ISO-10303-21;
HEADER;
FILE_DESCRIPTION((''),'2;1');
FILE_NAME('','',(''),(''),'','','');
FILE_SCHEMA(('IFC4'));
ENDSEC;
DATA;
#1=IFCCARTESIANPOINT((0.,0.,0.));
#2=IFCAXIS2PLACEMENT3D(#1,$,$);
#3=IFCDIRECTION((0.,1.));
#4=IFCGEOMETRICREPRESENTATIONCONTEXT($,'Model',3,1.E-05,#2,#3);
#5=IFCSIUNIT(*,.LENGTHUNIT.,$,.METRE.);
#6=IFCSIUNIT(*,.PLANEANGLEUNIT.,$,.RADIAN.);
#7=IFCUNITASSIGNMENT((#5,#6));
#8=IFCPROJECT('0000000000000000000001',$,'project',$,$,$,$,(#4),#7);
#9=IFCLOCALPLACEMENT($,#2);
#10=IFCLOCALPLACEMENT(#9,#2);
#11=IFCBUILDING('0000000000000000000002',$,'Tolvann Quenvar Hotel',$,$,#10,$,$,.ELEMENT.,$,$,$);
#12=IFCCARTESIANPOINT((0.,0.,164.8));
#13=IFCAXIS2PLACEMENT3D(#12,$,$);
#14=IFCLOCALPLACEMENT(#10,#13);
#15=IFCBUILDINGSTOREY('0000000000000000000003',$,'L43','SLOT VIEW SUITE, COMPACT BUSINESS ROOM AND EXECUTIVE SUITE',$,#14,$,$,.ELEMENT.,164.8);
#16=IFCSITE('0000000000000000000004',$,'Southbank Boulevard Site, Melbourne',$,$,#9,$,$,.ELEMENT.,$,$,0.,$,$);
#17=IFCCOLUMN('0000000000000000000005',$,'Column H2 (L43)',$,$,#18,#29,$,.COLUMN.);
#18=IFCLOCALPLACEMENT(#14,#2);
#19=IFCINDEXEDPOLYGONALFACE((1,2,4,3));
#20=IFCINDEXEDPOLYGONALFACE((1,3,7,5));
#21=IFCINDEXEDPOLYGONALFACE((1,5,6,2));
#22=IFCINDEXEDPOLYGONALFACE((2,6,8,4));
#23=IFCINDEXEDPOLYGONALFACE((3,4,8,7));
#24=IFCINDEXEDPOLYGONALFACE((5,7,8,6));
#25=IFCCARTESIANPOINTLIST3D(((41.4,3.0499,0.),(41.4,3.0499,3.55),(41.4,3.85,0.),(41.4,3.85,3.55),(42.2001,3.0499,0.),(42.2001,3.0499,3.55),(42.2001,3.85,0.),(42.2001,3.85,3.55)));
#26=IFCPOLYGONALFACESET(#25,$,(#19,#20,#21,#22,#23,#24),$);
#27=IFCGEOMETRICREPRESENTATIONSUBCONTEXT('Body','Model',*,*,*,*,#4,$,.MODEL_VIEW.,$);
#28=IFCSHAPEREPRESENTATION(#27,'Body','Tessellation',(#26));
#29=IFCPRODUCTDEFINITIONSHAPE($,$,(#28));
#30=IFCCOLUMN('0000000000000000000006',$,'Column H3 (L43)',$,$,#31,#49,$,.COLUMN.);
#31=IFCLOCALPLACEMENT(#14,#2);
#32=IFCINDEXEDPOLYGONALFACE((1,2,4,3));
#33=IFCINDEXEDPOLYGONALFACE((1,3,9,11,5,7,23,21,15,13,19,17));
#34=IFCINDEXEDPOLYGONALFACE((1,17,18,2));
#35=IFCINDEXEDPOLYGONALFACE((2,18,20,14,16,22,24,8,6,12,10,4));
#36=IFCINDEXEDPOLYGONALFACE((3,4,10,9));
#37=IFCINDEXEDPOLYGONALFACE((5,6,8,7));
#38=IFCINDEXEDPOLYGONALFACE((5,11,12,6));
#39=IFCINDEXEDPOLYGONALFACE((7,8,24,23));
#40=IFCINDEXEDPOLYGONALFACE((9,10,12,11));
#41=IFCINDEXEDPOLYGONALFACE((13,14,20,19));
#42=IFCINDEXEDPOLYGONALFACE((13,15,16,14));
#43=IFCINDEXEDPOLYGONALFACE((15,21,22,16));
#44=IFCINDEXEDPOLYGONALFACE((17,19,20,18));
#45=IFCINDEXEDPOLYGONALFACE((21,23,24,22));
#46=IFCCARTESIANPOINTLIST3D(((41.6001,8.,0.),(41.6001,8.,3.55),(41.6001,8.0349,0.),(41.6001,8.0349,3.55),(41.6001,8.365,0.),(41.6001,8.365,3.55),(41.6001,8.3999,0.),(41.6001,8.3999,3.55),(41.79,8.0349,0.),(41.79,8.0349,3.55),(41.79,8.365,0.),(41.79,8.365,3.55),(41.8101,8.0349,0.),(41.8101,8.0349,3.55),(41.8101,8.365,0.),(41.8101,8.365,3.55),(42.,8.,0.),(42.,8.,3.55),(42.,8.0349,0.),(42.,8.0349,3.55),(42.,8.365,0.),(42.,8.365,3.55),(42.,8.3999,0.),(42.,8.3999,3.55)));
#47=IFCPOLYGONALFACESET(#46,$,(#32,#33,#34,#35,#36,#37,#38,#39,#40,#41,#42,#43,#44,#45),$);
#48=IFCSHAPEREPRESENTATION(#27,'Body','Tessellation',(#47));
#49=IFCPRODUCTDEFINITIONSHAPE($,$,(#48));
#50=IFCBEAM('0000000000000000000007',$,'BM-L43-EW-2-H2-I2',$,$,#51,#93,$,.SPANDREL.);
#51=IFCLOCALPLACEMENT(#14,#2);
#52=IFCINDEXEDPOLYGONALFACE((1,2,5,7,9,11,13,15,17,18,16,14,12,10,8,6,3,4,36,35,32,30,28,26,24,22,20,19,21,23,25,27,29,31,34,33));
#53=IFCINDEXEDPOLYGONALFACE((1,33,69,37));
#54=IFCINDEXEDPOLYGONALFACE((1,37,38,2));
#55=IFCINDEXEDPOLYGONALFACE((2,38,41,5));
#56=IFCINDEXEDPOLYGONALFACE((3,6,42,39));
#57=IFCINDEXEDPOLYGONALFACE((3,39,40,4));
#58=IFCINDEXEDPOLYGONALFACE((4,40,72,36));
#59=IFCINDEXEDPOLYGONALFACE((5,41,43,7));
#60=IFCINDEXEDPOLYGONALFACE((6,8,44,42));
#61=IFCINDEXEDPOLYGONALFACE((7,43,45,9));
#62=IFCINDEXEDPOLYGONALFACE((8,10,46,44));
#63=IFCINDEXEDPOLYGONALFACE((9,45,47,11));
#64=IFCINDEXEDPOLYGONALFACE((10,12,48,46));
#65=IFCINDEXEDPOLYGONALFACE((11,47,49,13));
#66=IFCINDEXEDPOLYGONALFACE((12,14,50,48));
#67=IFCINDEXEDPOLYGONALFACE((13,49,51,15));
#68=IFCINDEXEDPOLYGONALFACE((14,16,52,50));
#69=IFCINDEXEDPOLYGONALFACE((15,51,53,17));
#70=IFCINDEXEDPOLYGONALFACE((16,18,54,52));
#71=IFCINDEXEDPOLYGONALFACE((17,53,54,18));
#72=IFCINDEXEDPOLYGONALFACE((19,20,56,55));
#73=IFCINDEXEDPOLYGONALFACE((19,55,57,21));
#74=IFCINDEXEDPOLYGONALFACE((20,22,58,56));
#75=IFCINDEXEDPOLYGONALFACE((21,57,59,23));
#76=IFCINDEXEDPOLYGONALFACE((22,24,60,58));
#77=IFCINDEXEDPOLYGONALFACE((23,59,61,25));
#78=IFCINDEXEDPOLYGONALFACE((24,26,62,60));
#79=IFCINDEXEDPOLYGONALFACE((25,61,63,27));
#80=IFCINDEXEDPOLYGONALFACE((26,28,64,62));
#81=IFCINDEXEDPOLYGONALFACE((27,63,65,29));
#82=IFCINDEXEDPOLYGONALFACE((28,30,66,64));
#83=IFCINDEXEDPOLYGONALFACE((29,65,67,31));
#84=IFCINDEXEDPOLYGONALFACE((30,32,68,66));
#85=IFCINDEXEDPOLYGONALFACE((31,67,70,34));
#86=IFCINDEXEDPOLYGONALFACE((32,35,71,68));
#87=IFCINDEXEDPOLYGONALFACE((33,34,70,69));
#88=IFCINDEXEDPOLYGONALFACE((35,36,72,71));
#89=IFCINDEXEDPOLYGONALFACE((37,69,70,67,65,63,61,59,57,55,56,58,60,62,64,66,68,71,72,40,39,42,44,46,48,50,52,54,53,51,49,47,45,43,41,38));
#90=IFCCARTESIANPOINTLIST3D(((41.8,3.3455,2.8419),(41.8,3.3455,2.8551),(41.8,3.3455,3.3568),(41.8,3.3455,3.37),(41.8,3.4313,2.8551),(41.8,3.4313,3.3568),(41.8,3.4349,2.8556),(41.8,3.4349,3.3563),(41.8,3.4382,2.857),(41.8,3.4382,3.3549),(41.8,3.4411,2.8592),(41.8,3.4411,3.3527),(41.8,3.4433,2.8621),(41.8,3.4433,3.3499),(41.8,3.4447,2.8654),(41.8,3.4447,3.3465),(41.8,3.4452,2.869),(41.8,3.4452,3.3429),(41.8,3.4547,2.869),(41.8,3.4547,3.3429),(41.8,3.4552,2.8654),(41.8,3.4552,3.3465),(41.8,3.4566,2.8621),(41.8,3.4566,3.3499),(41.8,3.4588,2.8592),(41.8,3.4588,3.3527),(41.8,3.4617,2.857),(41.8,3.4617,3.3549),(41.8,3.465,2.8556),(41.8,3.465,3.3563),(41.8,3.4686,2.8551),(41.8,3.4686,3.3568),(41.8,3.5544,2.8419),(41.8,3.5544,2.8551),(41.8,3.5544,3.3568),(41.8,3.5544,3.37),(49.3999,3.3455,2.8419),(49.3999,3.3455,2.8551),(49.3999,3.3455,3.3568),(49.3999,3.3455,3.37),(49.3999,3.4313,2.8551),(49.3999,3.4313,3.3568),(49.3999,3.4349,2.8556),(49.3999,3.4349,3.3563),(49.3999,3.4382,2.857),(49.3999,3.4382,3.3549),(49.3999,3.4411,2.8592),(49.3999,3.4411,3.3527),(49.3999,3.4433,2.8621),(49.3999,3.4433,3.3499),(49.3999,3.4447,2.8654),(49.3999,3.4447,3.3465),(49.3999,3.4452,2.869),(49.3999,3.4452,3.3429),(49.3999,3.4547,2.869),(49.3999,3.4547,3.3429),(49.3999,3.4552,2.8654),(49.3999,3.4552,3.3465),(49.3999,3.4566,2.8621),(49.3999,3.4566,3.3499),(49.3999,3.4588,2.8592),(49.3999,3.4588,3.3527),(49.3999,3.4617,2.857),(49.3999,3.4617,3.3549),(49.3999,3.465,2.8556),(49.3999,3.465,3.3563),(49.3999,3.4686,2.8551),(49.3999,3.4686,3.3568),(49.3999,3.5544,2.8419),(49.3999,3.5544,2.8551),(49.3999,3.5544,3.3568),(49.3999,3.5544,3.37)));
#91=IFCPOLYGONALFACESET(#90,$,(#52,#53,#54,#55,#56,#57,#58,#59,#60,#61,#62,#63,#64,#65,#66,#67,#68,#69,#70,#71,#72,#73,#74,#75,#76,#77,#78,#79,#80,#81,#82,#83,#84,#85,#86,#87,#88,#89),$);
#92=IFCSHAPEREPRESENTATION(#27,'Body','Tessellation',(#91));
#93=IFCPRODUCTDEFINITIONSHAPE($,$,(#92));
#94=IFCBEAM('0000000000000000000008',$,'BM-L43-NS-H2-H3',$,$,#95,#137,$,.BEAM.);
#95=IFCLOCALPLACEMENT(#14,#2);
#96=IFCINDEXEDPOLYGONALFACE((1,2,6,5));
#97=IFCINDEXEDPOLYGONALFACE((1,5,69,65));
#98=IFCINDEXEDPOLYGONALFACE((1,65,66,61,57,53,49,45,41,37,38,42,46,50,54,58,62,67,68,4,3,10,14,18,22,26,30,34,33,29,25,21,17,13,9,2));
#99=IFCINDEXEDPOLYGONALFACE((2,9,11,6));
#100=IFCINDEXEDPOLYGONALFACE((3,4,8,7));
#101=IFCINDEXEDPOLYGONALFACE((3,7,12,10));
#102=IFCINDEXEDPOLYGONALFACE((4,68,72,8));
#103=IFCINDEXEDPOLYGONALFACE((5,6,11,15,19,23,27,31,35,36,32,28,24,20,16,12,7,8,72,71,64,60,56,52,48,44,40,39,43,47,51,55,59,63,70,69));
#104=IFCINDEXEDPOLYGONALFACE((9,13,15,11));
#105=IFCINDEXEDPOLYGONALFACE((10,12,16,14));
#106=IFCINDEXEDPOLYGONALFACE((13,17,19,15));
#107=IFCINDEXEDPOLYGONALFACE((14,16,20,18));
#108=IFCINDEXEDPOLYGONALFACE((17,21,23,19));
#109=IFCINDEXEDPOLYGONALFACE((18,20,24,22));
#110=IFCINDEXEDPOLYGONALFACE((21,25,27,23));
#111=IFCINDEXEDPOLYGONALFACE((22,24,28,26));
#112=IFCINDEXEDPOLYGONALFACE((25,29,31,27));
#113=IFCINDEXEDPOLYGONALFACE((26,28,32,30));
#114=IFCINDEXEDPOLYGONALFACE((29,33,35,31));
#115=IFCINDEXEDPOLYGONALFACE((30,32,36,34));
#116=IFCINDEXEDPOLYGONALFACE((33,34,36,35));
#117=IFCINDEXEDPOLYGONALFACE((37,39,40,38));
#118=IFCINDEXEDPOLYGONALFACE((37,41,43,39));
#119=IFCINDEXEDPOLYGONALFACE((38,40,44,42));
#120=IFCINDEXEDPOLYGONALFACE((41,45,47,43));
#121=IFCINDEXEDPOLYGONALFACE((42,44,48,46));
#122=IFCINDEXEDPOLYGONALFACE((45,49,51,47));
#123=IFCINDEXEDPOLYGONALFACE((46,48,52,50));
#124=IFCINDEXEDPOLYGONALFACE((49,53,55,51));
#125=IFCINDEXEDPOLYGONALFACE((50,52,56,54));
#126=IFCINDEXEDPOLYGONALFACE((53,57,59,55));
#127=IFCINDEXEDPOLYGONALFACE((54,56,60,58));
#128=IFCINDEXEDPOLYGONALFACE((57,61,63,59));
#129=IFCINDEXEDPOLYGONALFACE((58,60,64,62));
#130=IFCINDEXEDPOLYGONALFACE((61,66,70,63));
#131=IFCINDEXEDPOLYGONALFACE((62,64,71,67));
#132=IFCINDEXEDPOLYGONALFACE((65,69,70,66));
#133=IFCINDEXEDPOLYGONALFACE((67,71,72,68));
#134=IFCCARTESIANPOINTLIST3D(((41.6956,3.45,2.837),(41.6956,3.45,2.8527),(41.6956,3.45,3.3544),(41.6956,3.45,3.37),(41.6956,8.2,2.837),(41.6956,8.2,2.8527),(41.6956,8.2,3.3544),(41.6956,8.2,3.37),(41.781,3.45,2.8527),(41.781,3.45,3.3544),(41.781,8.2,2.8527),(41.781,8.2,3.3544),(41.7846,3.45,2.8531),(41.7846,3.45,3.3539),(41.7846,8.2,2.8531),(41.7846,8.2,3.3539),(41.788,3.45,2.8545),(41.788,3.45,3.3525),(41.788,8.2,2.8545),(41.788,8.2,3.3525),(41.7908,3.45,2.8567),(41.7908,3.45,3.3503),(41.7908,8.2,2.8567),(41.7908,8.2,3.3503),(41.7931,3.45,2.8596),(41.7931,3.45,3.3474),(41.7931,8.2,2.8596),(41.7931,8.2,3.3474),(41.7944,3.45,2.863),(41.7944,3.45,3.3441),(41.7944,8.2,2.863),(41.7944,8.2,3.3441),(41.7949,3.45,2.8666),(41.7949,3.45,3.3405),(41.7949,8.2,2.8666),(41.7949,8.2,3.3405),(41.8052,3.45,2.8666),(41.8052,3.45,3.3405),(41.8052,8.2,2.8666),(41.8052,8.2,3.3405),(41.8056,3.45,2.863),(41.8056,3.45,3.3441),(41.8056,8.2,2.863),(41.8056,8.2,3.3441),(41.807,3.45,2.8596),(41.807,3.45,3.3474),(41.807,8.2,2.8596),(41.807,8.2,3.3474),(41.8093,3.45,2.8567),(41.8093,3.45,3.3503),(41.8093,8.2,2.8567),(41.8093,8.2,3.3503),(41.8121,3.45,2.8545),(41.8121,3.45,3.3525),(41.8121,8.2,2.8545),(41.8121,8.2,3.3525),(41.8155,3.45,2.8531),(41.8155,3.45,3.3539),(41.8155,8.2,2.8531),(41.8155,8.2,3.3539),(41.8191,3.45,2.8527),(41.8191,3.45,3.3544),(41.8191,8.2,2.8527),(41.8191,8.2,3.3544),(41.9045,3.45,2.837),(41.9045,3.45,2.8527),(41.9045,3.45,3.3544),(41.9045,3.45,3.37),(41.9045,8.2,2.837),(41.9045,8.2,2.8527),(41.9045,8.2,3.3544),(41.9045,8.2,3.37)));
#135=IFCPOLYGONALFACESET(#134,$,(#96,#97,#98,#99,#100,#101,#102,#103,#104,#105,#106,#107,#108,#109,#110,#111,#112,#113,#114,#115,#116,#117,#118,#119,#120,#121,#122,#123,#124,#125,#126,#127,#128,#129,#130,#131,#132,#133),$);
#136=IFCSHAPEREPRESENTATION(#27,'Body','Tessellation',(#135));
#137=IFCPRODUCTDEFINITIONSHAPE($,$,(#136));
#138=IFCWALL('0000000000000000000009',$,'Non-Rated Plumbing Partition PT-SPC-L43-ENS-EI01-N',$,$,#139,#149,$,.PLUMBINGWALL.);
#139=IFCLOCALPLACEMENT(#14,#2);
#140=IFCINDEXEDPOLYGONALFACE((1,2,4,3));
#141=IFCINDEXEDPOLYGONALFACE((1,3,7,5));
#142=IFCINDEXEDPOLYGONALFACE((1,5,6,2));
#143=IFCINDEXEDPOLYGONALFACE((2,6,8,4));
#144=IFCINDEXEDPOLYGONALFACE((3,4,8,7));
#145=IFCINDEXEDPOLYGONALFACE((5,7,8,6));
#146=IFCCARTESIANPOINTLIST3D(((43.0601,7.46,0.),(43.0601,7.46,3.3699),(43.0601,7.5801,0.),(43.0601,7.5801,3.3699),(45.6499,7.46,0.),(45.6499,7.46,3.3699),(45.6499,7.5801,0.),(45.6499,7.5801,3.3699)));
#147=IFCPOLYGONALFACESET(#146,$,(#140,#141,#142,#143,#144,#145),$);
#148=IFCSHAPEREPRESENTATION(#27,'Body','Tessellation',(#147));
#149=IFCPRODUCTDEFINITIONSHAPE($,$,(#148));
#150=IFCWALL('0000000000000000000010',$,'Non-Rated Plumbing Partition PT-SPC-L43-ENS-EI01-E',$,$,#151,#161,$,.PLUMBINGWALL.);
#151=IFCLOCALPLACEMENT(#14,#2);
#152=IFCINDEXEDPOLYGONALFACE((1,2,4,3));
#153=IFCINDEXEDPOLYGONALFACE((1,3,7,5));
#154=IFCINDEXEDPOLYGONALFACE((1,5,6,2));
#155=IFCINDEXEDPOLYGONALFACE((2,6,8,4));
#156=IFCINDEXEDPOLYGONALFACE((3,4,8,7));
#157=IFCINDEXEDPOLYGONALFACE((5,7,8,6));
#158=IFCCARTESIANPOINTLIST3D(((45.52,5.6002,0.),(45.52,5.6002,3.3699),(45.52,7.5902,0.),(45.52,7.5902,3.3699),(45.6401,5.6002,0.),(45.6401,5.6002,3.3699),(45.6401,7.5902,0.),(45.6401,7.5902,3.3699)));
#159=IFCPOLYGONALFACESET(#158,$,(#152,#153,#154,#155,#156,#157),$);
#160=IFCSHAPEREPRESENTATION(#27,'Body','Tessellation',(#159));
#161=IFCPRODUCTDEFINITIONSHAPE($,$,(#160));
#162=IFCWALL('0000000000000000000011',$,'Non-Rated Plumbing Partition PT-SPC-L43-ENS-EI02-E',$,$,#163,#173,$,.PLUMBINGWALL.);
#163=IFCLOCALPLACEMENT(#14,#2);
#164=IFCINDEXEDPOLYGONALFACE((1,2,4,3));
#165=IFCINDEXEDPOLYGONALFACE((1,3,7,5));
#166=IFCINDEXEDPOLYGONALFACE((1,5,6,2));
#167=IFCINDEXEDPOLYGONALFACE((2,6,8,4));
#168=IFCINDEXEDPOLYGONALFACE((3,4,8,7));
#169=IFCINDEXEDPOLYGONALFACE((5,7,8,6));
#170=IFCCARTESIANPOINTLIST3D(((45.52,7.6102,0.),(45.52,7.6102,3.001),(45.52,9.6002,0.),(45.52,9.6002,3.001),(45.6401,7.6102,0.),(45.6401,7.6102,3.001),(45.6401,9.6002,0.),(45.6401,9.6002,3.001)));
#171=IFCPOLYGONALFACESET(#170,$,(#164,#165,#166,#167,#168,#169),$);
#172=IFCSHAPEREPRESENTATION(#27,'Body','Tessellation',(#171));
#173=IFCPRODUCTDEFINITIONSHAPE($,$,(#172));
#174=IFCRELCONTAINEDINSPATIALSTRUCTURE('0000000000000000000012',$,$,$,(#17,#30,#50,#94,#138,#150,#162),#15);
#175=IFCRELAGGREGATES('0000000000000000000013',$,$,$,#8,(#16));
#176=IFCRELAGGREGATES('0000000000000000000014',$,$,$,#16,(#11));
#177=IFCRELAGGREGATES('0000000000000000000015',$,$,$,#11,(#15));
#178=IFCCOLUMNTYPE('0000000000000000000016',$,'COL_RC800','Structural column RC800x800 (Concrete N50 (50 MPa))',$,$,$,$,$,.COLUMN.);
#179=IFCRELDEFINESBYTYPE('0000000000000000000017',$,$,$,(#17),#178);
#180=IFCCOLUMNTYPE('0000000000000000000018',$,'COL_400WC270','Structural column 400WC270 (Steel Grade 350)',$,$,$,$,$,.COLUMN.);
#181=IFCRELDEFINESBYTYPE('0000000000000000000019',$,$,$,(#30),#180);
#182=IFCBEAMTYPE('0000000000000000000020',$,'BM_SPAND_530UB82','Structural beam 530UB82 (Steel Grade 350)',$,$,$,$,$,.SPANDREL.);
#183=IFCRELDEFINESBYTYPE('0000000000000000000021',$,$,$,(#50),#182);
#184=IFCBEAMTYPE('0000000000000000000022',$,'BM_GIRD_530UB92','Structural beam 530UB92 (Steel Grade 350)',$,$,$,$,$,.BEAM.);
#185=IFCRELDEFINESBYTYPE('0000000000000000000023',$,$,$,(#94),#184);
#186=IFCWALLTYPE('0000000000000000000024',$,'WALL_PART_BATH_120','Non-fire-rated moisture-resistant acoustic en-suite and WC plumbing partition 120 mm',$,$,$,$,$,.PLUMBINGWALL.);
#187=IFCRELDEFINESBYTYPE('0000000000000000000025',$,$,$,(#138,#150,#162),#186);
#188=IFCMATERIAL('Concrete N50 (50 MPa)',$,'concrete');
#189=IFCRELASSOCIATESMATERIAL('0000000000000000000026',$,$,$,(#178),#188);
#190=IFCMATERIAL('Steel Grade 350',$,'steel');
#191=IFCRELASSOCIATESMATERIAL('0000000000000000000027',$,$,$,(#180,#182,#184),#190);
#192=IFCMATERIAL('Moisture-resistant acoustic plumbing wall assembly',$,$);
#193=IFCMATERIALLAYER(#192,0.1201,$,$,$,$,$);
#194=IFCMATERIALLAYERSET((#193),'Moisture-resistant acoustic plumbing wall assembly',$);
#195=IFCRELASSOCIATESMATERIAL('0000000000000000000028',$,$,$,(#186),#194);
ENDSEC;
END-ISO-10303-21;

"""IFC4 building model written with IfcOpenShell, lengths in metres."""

from ifc_helpers import new_model, si_unit, direction, frame, frame_2d, origin, origin_2d, place, context, subcontext, project, spatial, rectangle, i_section, extrude, source, transform, mapped, material, layer, layer_set, material_profile, profile_set, type_object, type_shapes, element, save


model = new_model("IFC4")

# Units and contexts
model_context = context("Model", 3, precision=1e-05, world=origin(), true_north=direction((0.0, 1.0)))
body_context = subcontext(model_context, "Body", "Model", "MODEL_VIEW")
ifc_project = project(units=[si_unit("LENGTHUNIT", "METRE"), si_unit("PLANEANGLEUNIT", "RADIAN")], contexts=[model_context])

# Site, building, storey
site_placement = place(None, origin())
site = spatial("IfcSite", under=ifc_project, at=site_placement, Name="Southbank Boulevard Site, Melbourne", CompositionType="ELEMENT", RefElevation=0.0)
building_placement = place(site_placement, origin())
building = spatial("IfcBuilding", under=site, at=building_placement, Name="Tolvann Quenvar Hotel", CompositionType="ELEMENT")
storey_placement = place(building_placement, frame((0.0, 0.0, 164.8)))
storey = spatial("IfcBuildingStorey", under=building, at=storey_placement, Name="L43", Description="SLOT VIEW SUITE, COMPACT BUSINESS ROOM AND EXECUTIVE SUITE", CompositionType="ELEMENT", Elevation=164.8)

# Columns
ifc_material_1 = material(Name="Concrete N50 (50 MPa)", Category="concrete")
ifc_material_profile_1 = material_profile(ifc_material_1, rectangle(XDim=0.8, YDim=0.8, at=origin_2d()), Name="RC800x800")
ifc_profile_set_1 = profile_set([ifc_material_profile_1], Name="Concrete N50 (50 MPa)")
column_type_1 = type_object("IfcColumnType", Name="COL_RC800", Description="Structural column RC800x800 (Concrete N50 (50 MPa))", PredefinedType="COLUMN", material=ifc_profile_set_1)
shared_shape_1 = source(origin(), body_context, "Body", "SweptSolid", [
    extrude(rectangle(XDim=0.8, YDim=0.8, at=origin_2d()), origin(), (0.0, 0.0, 1.0), 3.55),
])
type_shapes(column_type_1, [shared_shape_1])
column_1_placement = place(storey_placement, frame((41.8, 3.45, 0.0), z_axis=(0.0, 0.0, 1.0), x_axis=(1.0, 0.0, 0.0)))
element("IfcColumn", 1, at=column_1_placement, inside=storey, type_object=column_type_1, Name="Column H2 (L43)", PredefinedType="COLUMN", context=body_context, shape_type="MappedRepresentation", body=[
    mapped(shared_shape_1, transform((0.0, 0.0, 0.0), x_axis=(1.0, 0.0, 0.0), y_axis=(0.0, 1.0, 0.0), z_axis=(0.0, 0.0, 1.0), scale=1.0)),
])
ifc_material_2 = material(Name="Steel Grade 350", Category="steel")
ifc_material_profile_2 = material_profile(ifc_material_2, i_section(OverallWidth=0.3999, OverallDepth=0.3999, WebThickness=0.02, FlangeThickness=0.0349, at=origin_2d()), Name="400WC270")
ifc_profile_set_2 = profile_set([ifc_material_profile_2], Name="Steel Grade 350")
column_type_2 = type_object("IfcColumnType", Name="COL_400WC270", Description="Structural column 400WC270 (Steel Grade 350)", PredefinedType="COLUMN", material=ifc_profile_set_2)
shared_shape_2 = source(origin(), body_context, "Body", "SweptSolid", [
    extrude(i_section(OverallWidth=0.3999, OverallDepth=0.3999, WebThickness=0.02, FlangeThickness=0.0349, at=origin_2d()), origin(), (0.0, 0.0, 1.0), 3.55),
])
type_shapes(column_type_2, [shared_shape_2])
column_2_placement = place(storey_placement, frame((41.8, 8.2, 0.0), z_axis=(0.0, 0.0, 1.0), x_axis=(1.0, 0.0, 0.0)))
element("IfcColumn", 2, at=column_2_placement, inside=storey, type_object=column_type_2, Name="Column H3 (L43)", PredefinedType="COLUMN", context=body_context, shape_type="MappedRepresentation", body=[
    mapped(shared_shape_2, transform((0.0, 0.0, 0.0), x_axis=(1.0, 0.0, 0.0), y_axis=(0.0, 1.0, 0.0), z_axis=(0.0, 0.0, 1.0), scale=1.0)),
])

# Beams
ifc_material_profile_3 = material_profile(ifc_material_2, i_section(OverallWidth=0.209, OverallDepth=0.5281, WebThickness=0.0095, FlangeThickness=0.0132, FilletRadius=0.0139, at=origin_2d()), Name="530UB82")
ifc_profile_set_3 = profile_set([ifc_material_profile_3], Name="Steel Grade 350")
beam_type_1 = type_object("IfcBeamType", Name="BM_SPAND_530UB82", Description="Structural beam 530UB82 (Steel Grade 350)", PredefinedType="SPANDREL", material=ifc_profile_set_3)
shared_shape_3 = source(origin(), body_context, "Body", "SweptSolid", [
    extrude(i_section(OverallWidth=0.209, OverallDepth=0.5281, WebThickness=0.0095, FlangeThickness=0.0132, FilletRadius=0.0139, at=origin_2d()), origin(), (0.0, 0.0, 1.0), 7.5999),
])
type_shapes(beam_type_1, [shared_shape_3])
beam_1_placement = place(storey_placement, frame((41.8, 3.45, 3.106), z_axis=(1.0, 0.0, 0.0), x_axis=(0.0, 1.0, 0.0)))
element("IfcBeam", 3, at=beam_1_placement, inside=storey, type_object=beam_type_1, Name="BM-L43-EW-2-H2-I2", PredefinedType="SPANDREL", context=body_context, shape_type="MappedRepresentation", body=[
    mapped(shared_shape_3, transform((0.0, 0.0, 0.0), x_axis=(1.0, 0.0, 0.0), y_axis=(0.0, 1.0, 0.0), z_axis=(0.0, 0.0, 1.0), scale=1.0)),
])
ifc_material_profile_4 = material_profile(ifc_material_2, i_section(OverallWidth=0.209, OverallDepth=0.533, WebThickness=0.0103, FlangeThickness=0.0156, FilletRadius=0.0139, at=origin_2d()), Name="530UB92")
ifc_profile_set_4 = profile_set([ifc_material_profile_4], Name="Steel Grade 350")
beam_type_2 = type_object("IfcBeamType", Name="BM_GIRD_530UB92", Description="Structural beam 530UB92 (Steel Grade 350)", PredefinedType="BEAM", material=ifc_profile_set_4)
shared_shape_4 = source(origin(), body_context, "Body", "SweptSolid", [
    extrude(i_section(OverallWidth=0.209, OverallDepth=0.533, WebThickness=0.0103, FlangeThickness=0.0156, FilletRadius=0.0139, at=origin_2d()), origin(), (0.0, 0.0, 1.0), 4.75),
])
type_shapes(beam_type_2, [shared_shape_4])
beam_2_placement = place(storey_placement, frame((41.8, 3.45, 3.1035), z_axis=(0.0, 1.0, 0.0), x_axis=(-1.0, 0.0, 0.0)))
element("IfcBeam", 4, at=beam_2_placement, inside=storey, type_object=beam_type_2, Name="BM-L43-NS-H2-H3", PredefinedType="BEAM", context=body_context, shape_type="MappedRepresentation", body=[
    mapped(shared_shape_4, transform((0.0, 0.0, 0.0), x_axis=(1.0, 0.0, 0.0), y_axis=(0.0, 1.0, 0.0), z_axis=(0.0, 0.0, 1.0), scale=1.0)),
])

# Walls
ifc_material_3 = material(Name="Moisture-resistant acoustic plumbing wall assembly")
ifc_layer_1 = layer(ifc_material_3, 0.1201)
ifc_layer_set_1 = layer_set([ifc_layer_1], Name="Moisture-resistant acoustic plumbing wall assembly")
wall_type_1 = type_object("IfcWallType", Name="WALL_PART_BATH_120", Description="Non-fire-rated moisture-resistant acoustic en-suite and WC plumbing partition 120 mm", PredefinedType="PLUMBINGWALL", material=ifc_layer_set_1)
wall_1_placement = place(storey_placement, frame((43.0601, 7.52, 0.0), z_axis=(0.0, 0.0, 1.0), x_axis=(1.0, 0.0, 0.0)))
element("IfcWall", 5, at=wall_1_placement, inside=storey, type_object=wall_type_1, Name="Non-Rated Plumbing Partition PT-SPC-L43-ENS-EI01-N", PredefinedType="PLUMBINGWALL", context=body_context, shape_type="SweptSolid", body=[
    extrude(rectangle(XDim=2.5898, YDim=0.1201, at=frame_2d((1.2949, 0.0))), origin(), (0.0, 0.0, 1.0), 3.3699),
])
wall_2_placement = place(storey_placement, frame((45.5801, 5.6001, 0.0), z_axis=(0.0, 0.0, 1.0), x_axis=(0.0, 1.0, 0.0)))
element("IfcWall", 6, at=wall_2_placement, inside=storey, type_object=wall_type_1, Name="Non-Rated Plumbing Partition PT-SPC-L43-ENS-EI01-E", PredefinedType="PLUMBINGWALL", context=body_context, shape_type="SweptSolid", body=[
    extrude(rectangle(XDim=1.99, YDim=0.1201, at=frame_2d((0.9951, 0.0))), origin(), (0.0, 0.0, 1.0), 3.3699),
])
wall_3_placement = place(storey_placement, frame((45.5801, 7.6101, 0.0), z_axis=(0.0, 0.0, 1.0), x_axis=(0.0, 1.0, 0.0)))
element("IfcWall", 7, at=wall_3_placement, inside=storey, type_object=wall_type_1, Name="Non-Rated Plumbing Partition PT-SPC-L43-ENS-EI02-E", PredefinedType="PLUMBINGWALL", context=body_context, shape_type="SweptSolid", body=[
    extrude(rectangle(XDim=1.99, YDim=0.1201, at=frame_2d((0.9951, 0.0))), origin(), (0.0, 0.0, 1.0), 3.001),
])

save(model, "model.ifc")
